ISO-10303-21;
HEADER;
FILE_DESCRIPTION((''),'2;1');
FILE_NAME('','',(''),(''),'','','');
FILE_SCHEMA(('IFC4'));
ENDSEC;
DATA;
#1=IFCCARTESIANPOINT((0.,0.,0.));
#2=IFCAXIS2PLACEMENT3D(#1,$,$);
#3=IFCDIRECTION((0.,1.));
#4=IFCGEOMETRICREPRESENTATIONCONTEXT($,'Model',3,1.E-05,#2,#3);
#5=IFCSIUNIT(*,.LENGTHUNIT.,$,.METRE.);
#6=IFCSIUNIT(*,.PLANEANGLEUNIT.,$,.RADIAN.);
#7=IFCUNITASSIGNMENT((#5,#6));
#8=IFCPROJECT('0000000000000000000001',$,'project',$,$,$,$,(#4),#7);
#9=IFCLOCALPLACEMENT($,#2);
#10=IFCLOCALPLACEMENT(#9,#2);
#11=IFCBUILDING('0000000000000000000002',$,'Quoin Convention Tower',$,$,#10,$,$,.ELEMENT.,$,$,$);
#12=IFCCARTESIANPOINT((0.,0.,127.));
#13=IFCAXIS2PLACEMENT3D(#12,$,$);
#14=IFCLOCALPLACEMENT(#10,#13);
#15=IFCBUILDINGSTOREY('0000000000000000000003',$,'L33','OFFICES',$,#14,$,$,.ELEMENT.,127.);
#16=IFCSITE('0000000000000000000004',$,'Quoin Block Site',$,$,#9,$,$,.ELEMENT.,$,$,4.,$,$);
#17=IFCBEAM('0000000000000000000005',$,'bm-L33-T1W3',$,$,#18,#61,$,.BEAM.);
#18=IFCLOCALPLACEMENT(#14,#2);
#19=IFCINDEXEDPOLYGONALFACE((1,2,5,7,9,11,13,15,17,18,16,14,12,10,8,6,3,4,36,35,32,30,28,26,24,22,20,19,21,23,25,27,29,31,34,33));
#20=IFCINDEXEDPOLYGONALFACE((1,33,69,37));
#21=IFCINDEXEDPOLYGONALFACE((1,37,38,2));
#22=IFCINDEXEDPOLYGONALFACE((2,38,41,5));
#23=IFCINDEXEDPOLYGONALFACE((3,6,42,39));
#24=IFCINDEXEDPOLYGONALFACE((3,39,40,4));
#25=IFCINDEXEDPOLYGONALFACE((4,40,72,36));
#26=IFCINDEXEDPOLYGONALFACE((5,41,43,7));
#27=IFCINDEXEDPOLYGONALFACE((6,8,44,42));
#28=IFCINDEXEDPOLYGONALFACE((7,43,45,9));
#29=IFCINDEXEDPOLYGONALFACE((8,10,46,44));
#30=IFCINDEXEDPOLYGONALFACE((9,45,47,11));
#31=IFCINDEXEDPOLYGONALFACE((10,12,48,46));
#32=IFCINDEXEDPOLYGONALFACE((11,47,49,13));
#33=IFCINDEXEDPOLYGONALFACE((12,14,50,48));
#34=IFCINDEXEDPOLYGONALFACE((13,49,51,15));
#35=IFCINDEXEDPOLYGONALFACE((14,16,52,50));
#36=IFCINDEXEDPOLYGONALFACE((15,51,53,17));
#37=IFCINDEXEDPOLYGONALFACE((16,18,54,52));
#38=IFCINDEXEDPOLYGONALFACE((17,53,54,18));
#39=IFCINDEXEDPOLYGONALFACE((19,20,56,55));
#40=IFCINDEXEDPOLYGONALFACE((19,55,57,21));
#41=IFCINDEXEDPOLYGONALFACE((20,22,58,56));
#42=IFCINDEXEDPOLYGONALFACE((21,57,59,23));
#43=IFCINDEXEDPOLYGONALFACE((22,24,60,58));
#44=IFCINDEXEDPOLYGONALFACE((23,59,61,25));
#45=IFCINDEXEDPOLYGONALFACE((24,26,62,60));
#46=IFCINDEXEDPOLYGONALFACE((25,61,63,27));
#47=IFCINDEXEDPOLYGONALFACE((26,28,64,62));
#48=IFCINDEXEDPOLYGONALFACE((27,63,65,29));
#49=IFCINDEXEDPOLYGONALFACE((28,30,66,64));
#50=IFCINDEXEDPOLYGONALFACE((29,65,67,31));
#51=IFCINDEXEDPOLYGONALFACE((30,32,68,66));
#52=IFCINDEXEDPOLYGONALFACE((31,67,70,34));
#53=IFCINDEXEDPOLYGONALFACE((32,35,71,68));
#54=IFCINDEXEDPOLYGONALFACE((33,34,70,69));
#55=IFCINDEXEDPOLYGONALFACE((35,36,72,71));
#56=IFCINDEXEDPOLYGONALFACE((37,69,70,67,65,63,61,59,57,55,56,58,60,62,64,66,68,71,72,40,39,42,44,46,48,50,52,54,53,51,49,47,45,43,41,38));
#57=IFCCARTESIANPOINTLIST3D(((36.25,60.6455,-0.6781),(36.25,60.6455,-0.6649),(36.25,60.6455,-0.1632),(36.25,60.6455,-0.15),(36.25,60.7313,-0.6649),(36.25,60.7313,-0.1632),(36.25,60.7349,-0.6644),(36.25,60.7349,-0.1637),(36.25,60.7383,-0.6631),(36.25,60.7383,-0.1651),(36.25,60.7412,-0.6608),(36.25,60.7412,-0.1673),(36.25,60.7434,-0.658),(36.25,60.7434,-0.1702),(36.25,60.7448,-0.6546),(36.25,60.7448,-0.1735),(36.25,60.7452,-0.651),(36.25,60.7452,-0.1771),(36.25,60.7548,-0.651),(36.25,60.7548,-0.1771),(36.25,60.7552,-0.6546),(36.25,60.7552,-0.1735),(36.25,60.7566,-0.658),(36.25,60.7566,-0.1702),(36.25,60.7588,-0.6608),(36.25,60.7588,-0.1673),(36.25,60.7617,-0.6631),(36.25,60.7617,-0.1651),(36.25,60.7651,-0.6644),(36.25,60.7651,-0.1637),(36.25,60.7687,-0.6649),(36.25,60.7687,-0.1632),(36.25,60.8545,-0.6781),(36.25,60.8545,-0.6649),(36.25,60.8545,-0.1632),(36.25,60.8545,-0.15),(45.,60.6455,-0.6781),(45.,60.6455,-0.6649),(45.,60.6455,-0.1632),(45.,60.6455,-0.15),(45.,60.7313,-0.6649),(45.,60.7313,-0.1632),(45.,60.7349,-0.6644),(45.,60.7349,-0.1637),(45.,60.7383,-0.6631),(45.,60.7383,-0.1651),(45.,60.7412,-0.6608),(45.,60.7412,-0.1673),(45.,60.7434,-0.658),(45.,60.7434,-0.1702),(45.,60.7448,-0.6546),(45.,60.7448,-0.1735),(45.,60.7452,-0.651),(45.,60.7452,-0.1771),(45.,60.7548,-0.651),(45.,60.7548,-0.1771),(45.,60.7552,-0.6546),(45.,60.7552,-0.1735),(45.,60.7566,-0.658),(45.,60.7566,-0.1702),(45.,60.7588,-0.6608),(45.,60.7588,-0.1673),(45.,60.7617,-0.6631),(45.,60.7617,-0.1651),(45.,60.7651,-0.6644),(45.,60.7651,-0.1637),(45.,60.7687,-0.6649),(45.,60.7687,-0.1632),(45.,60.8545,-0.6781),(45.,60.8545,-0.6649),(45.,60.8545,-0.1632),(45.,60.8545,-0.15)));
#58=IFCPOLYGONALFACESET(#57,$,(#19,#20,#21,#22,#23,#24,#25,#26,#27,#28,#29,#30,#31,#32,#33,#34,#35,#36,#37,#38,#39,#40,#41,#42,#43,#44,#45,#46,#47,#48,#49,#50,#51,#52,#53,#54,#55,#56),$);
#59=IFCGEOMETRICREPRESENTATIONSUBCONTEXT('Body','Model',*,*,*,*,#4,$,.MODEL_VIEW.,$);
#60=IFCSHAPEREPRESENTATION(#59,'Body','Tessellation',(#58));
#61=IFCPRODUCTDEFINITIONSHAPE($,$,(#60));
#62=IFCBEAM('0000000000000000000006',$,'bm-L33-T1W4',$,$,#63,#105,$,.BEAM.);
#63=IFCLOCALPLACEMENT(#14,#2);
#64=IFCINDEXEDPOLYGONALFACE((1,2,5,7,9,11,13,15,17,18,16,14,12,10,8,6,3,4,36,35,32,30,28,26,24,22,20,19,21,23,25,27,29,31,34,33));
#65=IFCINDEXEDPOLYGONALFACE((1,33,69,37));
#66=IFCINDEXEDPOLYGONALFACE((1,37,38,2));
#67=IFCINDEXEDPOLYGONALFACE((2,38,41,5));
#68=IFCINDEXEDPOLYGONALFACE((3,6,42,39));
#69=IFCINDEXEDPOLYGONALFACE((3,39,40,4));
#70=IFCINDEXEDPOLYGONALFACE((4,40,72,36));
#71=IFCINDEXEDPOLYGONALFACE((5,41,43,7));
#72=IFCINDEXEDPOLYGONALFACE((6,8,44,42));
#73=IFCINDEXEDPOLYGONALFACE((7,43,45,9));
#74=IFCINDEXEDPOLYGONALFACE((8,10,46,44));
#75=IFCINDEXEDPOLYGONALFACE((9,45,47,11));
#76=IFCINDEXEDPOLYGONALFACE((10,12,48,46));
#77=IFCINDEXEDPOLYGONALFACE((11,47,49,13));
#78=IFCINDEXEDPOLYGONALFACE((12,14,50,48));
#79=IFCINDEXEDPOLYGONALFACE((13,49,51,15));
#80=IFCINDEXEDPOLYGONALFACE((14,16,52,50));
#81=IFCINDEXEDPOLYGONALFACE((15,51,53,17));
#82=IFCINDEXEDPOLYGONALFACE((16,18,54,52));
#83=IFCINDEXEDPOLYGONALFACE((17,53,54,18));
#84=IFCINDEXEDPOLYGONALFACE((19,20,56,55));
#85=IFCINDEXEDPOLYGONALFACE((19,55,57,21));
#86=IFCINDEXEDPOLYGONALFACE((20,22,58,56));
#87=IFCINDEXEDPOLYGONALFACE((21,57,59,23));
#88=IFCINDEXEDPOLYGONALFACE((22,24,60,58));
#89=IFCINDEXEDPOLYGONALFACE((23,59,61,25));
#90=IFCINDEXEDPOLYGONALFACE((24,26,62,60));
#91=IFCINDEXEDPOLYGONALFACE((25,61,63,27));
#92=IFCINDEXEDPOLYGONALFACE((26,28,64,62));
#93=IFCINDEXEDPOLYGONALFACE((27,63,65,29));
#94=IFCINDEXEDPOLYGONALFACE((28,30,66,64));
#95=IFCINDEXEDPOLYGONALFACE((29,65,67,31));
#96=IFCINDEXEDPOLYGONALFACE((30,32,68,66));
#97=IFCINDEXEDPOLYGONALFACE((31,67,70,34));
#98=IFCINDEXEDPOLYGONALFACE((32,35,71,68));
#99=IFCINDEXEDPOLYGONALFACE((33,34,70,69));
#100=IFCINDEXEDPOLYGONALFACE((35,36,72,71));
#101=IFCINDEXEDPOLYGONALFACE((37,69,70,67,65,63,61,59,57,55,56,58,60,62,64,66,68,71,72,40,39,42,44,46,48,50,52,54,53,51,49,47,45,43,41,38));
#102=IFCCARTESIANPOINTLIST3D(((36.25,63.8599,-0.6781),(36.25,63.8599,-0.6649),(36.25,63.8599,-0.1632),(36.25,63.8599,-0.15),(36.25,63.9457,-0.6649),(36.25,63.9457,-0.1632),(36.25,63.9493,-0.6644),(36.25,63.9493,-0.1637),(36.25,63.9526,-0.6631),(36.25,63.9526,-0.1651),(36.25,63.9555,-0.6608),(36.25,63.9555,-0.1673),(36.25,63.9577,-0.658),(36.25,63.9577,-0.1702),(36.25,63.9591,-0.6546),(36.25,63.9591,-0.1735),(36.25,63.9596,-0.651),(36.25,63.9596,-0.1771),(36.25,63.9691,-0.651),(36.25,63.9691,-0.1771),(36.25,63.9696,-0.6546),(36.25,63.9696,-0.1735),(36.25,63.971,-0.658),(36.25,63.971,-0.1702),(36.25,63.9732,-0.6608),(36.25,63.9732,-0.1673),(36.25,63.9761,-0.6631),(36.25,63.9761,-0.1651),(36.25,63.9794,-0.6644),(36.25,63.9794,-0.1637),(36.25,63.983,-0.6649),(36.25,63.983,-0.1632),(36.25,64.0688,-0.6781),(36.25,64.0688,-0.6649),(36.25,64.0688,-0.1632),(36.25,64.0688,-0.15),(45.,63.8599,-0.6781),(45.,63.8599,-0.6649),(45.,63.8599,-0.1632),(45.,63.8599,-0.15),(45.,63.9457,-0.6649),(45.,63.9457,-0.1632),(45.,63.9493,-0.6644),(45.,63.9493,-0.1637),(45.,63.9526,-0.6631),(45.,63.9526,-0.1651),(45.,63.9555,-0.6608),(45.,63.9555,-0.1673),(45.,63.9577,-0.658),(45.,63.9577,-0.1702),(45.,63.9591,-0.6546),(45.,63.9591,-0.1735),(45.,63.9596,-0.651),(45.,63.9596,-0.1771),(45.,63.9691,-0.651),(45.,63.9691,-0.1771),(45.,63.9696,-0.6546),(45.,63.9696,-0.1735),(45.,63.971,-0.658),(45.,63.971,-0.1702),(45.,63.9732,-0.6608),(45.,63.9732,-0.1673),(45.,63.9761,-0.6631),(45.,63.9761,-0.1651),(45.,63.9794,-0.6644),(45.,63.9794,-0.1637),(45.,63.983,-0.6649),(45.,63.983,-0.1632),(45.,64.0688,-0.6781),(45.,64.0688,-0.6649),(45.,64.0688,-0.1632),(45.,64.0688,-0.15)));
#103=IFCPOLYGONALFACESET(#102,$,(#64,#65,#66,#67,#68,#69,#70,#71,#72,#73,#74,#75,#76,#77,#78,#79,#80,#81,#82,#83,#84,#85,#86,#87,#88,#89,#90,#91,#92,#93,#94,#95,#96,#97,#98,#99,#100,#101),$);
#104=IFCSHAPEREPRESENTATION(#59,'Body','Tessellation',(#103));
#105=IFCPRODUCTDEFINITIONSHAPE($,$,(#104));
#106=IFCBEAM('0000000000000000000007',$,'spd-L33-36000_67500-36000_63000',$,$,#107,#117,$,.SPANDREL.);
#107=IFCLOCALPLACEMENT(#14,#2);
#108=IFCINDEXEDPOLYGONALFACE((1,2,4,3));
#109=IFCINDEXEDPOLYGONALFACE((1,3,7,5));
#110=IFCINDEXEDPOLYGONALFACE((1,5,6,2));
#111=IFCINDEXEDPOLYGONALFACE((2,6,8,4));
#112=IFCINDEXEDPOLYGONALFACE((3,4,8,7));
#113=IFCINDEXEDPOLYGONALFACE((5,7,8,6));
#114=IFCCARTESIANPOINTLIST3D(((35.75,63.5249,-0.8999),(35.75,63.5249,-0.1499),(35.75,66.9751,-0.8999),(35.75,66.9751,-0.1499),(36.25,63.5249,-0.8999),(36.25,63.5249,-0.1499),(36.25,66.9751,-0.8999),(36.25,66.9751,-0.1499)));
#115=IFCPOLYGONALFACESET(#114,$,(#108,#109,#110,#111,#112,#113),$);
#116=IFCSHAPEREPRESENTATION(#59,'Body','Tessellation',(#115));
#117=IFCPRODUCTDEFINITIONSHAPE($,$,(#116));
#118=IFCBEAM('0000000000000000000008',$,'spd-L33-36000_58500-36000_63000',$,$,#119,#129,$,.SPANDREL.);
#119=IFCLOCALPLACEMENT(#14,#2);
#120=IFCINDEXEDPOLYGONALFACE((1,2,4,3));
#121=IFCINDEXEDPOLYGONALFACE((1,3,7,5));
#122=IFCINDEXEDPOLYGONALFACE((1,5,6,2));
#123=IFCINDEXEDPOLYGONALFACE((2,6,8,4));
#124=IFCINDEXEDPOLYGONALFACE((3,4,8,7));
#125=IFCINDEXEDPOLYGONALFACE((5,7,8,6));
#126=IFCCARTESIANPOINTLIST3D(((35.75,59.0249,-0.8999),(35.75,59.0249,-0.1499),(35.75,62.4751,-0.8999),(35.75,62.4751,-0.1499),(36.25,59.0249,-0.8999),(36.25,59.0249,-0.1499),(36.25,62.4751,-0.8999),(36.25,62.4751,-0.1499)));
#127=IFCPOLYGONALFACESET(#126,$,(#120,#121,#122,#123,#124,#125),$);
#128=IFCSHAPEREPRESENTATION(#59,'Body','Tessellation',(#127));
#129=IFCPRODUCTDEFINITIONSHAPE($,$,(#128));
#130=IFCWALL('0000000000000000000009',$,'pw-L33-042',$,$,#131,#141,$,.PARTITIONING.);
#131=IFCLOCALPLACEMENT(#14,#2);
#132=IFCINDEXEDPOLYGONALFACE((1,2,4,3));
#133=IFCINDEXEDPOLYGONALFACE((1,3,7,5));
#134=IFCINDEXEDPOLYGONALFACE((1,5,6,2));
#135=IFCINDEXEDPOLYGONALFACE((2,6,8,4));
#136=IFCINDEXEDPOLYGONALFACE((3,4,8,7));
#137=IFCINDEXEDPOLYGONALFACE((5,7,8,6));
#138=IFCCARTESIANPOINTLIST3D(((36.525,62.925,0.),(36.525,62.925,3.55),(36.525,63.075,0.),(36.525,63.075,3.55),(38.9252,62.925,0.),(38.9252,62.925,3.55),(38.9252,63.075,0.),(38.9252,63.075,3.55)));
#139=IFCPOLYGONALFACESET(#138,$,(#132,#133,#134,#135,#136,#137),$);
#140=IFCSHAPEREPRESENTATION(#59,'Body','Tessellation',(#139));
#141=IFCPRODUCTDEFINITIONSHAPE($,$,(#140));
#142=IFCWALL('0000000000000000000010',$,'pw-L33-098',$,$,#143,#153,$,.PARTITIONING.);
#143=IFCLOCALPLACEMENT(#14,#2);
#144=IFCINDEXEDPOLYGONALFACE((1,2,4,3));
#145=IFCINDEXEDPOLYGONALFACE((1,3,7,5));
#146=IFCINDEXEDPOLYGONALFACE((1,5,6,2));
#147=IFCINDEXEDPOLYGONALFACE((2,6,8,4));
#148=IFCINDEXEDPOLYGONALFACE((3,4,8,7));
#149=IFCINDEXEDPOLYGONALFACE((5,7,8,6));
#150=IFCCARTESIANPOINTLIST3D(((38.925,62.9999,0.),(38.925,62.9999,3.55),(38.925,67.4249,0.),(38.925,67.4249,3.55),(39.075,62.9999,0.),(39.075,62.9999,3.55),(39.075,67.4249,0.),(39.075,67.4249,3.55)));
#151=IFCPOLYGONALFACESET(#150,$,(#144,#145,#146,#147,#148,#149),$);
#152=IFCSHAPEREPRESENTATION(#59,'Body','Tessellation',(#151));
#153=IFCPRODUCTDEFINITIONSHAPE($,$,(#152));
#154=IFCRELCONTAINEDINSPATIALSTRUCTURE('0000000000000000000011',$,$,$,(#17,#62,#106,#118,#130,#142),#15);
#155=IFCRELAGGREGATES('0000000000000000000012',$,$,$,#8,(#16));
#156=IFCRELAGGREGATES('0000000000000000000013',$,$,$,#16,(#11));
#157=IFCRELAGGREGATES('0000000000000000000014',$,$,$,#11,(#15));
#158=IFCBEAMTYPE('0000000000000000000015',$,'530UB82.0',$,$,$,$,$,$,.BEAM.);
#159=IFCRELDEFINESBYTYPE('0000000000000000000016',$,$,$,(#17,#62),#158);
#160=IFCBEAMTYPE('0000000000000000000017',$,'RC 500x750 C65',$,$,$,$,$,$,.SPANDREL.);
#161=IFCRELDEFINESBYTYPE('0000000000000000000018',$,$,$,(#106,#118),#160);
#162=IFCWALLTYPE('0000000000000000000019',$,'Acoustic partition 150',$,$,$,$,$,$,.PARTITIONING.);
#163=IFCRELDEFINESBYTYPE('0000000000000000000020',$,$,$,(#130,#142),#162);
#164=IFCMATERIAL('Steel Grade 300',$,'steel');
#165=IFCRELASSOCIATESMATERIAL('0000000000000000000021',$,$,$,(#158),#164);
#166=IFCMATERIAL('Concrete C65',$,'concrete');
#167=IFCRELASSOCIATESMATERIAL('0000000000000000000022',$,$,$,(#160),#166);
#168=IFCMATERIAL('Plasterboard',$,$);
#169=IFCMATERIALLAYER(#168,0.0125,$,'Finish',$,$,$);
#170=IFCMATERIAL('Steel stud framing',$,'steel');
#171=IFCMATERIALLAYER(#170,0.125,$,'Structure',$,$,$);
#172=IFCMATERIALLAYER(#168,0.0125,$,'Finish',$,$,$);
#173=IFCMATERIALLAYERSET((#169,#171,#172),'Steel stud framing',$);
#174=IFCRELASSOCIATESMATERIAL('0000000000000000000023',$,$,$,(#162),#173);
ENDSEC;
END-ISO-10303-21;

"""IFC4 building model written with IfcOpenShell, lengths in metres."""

from ifc_helpers import new_model, si_unit, direction, frame, frame_2d, origin, origin_2d, place, context, subcontext, project, spatial, rectangle, i_section, extrude, material, layer, layer_set, material_profile, profile_set, type_object, element, save


model = new_model("IFC4")

# Units and contexts
model_context = context("Model", 3, precision=1e-05, world=origin(), true_north=direction((0.0, 1.0)))
body_context = subcontext(model_context, "Body", "Model", "MODEL_VIEW")
ifc_project = project(units=[si_unit("LENGTHUNIT", "METRE"), si_unit("PLANEANGLEUNIT", "RADIAN")], contexts=[model_context])

# Site, building, storey
site_placement = place(None, origin())
site = spatial("IfcSite", under=ifc_project, at=site_placement, Name="Quoin Block Site", CompositionType="ELEMENT", RefElevation=4.0)
building_placement = place(site_placement, origin())
building = spatial("IfcBuilding", under=site, at=building_placement, Name="Quoin Convention Tower", CompositionType="ELEMENT")
storey_placement = place(building_placement, frame((0.0, 0.0, 127.0)))
storey = spatial("IfcBuildingStorey", under=building, at=storey_placement, Name="L33", Description="OFFICES", CompositionType="ELEMENT", Elevation=127.0)

# Shared definitions
ifc_material_1 = material(Name="Concrete C65", Category="concrete")

# Beams
ifc_material_2 = material(Name="Steel Grade 300", Category="steel")
ifc_material_profile_1 = material_profile(ifc_material_2, i_section(OverallWidth=0.209, OverallDepth=0.5281, WebThickness=0.0095, FlangeThickness=0.0132, FilletRadius=0.0139, at=origin_2d()), Name="530UB82.0")
ifc_profile_set_1 = profile_set([ifc_material_profile_1], Name="Steel Grade 300")
beam_type_1 = type_object("IfcBeamType", Name="530UB82.0", PredefinedType="BEAM", material=ifc_profile_set_1)
for number, where, z_axis, x_axis, name in (
    (1, (36.25, 60.75, -0.4141), (1.0, 0.0, 0.0), (0.0, 1.0, 0.0), "bm-L33-T1W3"),
    (2, (36.25, 63.9644, -0.4141), (1.0, 0.0, 0.0), (0.0, 1.0, 0.0), "bm-L33-T1W4"),
):
    element("IfcBeam", number, at=place(storey_placement, frame(where, z_axis=z_axis, x_axis=x_axis)), inside=storey, type_object=beam_type_1, Name=name, PredefinedType="BEAM", context=body_context, shape_type="SweptSolid", body=[
        extrude(i_section(OverallWidth=0.209, OverallDepth=0.5281, WebThickness=0.0095, FlangeThickness=0.0132, FilletRadius=0.0139, at=origin_2d()), origin(), (0.0, 0.0, 1.0), 8.75),
    ])
ifc_material_profile_2 = material_profile(ifc_material_1, rectangle(XDim=0.5, YDim=0.75, at=origin_2d()), Name="RC 500x750")
ifc_profile_set_2 = profile_set([ifc_material_profile_2], Name="Concrete C65")
beam_type_2 = type_object("IfcBeamType", Name="RC 500x750 C65", PredefinedType="SPANDREL", material=ifc_profile_set_2)
for number, where, z_axis, x_axis, name in (
    (3, (36.0, 66.9751, -0.5249), (0.0, -1.0, 0.0), (1.0, 0.0, 0.0), "spd-L33-36000_67500-36000_63000"),
    (4, (36.0, 59.0249, -0.5249), (0.0, 1.0, 0.0), (-1.0, 0.0, 0.0), "spd-L33-36000_58500-36000_63000"),
):
    element("IfcBeam", number, at=place(storey_placement, frame(where, z_axis=z_axis, x_axis=x_axis)), inside=storey, type_object=beam_type_2, Name=name, PredefinedType="SPANDREL", context=body_context, shape_type="SweptSolid", body=[
        extrude(rectangle(XDim=0.5, YDim=0.75, at=origin_2d()), origin(), (0.0, 0.0, 1.0), 3.4502),
    ])

# Walls
ifc_material_3 = material(Name="Plasterboard")
ifc_layer_1 = layer(ifc_material_3, 0.0125, Name="Finish")
ifc_material_4 = material(Name="Steel stud framing", Category="steel")
ifc_layer_2 = layer(ifc_material_4, 0.125, Name="Structure")
ifc_layer_3 = layer(ifc_material_3, 0.0125, Name="Finish")
ifc_layer_set_1 = layer_set([ifc_layer_1, ifc_layer_2, ifc_layer_3], Name="Steel stud framing")
wall_type_1 = type_object("IfcWallType", Name="Acoustic partition 150", PredefinedType="PARTITIONING", material=ifc_layer_set_1)
wall_1_placement = place(storey_placement, frame((36.5249, 63.0, 0.0), z_axis=(0.0, 0.0, 1.0), x_axis=(1.0, 0.0, 0.0)))
element("IfcWall", 5, at=wall_1_placement, inside=storey, type_object=wall_type_1, Name="pw-L33-042", PredefinedType="PARTITIONING", context=body_context, shape_type="SweptSolid", body=[
    extrude(rectangle(XDim=2.4001, YDim=0.1499, at=frame_2d((1.2002, 0.0))), origin(), (0.0, 0.0, 1.0), 3.55),
])
wall_2_placement = place(storey_placement, frame((39.0, 63.0, 0.0), z_axis=(0.0, 0.0, 1.0), x_axis=(0.0, 1.0, 0.0)))
element("IfcWall", 6, at=wall_2_placement, inside=storey, type_object=wall_type_1, Name="pw-L33-098", PredefinedType="PARTITIONING", context=body_context, shape_type="SweptSolid", body=[
    extrude(rectangle(XDim=4.425, YDim=0.1499, at=frame_2d((2.2124, 0.0))), origin(), (0.0, 0.0, 1.0), 3.55),
])

save(model, "model.ifc")
